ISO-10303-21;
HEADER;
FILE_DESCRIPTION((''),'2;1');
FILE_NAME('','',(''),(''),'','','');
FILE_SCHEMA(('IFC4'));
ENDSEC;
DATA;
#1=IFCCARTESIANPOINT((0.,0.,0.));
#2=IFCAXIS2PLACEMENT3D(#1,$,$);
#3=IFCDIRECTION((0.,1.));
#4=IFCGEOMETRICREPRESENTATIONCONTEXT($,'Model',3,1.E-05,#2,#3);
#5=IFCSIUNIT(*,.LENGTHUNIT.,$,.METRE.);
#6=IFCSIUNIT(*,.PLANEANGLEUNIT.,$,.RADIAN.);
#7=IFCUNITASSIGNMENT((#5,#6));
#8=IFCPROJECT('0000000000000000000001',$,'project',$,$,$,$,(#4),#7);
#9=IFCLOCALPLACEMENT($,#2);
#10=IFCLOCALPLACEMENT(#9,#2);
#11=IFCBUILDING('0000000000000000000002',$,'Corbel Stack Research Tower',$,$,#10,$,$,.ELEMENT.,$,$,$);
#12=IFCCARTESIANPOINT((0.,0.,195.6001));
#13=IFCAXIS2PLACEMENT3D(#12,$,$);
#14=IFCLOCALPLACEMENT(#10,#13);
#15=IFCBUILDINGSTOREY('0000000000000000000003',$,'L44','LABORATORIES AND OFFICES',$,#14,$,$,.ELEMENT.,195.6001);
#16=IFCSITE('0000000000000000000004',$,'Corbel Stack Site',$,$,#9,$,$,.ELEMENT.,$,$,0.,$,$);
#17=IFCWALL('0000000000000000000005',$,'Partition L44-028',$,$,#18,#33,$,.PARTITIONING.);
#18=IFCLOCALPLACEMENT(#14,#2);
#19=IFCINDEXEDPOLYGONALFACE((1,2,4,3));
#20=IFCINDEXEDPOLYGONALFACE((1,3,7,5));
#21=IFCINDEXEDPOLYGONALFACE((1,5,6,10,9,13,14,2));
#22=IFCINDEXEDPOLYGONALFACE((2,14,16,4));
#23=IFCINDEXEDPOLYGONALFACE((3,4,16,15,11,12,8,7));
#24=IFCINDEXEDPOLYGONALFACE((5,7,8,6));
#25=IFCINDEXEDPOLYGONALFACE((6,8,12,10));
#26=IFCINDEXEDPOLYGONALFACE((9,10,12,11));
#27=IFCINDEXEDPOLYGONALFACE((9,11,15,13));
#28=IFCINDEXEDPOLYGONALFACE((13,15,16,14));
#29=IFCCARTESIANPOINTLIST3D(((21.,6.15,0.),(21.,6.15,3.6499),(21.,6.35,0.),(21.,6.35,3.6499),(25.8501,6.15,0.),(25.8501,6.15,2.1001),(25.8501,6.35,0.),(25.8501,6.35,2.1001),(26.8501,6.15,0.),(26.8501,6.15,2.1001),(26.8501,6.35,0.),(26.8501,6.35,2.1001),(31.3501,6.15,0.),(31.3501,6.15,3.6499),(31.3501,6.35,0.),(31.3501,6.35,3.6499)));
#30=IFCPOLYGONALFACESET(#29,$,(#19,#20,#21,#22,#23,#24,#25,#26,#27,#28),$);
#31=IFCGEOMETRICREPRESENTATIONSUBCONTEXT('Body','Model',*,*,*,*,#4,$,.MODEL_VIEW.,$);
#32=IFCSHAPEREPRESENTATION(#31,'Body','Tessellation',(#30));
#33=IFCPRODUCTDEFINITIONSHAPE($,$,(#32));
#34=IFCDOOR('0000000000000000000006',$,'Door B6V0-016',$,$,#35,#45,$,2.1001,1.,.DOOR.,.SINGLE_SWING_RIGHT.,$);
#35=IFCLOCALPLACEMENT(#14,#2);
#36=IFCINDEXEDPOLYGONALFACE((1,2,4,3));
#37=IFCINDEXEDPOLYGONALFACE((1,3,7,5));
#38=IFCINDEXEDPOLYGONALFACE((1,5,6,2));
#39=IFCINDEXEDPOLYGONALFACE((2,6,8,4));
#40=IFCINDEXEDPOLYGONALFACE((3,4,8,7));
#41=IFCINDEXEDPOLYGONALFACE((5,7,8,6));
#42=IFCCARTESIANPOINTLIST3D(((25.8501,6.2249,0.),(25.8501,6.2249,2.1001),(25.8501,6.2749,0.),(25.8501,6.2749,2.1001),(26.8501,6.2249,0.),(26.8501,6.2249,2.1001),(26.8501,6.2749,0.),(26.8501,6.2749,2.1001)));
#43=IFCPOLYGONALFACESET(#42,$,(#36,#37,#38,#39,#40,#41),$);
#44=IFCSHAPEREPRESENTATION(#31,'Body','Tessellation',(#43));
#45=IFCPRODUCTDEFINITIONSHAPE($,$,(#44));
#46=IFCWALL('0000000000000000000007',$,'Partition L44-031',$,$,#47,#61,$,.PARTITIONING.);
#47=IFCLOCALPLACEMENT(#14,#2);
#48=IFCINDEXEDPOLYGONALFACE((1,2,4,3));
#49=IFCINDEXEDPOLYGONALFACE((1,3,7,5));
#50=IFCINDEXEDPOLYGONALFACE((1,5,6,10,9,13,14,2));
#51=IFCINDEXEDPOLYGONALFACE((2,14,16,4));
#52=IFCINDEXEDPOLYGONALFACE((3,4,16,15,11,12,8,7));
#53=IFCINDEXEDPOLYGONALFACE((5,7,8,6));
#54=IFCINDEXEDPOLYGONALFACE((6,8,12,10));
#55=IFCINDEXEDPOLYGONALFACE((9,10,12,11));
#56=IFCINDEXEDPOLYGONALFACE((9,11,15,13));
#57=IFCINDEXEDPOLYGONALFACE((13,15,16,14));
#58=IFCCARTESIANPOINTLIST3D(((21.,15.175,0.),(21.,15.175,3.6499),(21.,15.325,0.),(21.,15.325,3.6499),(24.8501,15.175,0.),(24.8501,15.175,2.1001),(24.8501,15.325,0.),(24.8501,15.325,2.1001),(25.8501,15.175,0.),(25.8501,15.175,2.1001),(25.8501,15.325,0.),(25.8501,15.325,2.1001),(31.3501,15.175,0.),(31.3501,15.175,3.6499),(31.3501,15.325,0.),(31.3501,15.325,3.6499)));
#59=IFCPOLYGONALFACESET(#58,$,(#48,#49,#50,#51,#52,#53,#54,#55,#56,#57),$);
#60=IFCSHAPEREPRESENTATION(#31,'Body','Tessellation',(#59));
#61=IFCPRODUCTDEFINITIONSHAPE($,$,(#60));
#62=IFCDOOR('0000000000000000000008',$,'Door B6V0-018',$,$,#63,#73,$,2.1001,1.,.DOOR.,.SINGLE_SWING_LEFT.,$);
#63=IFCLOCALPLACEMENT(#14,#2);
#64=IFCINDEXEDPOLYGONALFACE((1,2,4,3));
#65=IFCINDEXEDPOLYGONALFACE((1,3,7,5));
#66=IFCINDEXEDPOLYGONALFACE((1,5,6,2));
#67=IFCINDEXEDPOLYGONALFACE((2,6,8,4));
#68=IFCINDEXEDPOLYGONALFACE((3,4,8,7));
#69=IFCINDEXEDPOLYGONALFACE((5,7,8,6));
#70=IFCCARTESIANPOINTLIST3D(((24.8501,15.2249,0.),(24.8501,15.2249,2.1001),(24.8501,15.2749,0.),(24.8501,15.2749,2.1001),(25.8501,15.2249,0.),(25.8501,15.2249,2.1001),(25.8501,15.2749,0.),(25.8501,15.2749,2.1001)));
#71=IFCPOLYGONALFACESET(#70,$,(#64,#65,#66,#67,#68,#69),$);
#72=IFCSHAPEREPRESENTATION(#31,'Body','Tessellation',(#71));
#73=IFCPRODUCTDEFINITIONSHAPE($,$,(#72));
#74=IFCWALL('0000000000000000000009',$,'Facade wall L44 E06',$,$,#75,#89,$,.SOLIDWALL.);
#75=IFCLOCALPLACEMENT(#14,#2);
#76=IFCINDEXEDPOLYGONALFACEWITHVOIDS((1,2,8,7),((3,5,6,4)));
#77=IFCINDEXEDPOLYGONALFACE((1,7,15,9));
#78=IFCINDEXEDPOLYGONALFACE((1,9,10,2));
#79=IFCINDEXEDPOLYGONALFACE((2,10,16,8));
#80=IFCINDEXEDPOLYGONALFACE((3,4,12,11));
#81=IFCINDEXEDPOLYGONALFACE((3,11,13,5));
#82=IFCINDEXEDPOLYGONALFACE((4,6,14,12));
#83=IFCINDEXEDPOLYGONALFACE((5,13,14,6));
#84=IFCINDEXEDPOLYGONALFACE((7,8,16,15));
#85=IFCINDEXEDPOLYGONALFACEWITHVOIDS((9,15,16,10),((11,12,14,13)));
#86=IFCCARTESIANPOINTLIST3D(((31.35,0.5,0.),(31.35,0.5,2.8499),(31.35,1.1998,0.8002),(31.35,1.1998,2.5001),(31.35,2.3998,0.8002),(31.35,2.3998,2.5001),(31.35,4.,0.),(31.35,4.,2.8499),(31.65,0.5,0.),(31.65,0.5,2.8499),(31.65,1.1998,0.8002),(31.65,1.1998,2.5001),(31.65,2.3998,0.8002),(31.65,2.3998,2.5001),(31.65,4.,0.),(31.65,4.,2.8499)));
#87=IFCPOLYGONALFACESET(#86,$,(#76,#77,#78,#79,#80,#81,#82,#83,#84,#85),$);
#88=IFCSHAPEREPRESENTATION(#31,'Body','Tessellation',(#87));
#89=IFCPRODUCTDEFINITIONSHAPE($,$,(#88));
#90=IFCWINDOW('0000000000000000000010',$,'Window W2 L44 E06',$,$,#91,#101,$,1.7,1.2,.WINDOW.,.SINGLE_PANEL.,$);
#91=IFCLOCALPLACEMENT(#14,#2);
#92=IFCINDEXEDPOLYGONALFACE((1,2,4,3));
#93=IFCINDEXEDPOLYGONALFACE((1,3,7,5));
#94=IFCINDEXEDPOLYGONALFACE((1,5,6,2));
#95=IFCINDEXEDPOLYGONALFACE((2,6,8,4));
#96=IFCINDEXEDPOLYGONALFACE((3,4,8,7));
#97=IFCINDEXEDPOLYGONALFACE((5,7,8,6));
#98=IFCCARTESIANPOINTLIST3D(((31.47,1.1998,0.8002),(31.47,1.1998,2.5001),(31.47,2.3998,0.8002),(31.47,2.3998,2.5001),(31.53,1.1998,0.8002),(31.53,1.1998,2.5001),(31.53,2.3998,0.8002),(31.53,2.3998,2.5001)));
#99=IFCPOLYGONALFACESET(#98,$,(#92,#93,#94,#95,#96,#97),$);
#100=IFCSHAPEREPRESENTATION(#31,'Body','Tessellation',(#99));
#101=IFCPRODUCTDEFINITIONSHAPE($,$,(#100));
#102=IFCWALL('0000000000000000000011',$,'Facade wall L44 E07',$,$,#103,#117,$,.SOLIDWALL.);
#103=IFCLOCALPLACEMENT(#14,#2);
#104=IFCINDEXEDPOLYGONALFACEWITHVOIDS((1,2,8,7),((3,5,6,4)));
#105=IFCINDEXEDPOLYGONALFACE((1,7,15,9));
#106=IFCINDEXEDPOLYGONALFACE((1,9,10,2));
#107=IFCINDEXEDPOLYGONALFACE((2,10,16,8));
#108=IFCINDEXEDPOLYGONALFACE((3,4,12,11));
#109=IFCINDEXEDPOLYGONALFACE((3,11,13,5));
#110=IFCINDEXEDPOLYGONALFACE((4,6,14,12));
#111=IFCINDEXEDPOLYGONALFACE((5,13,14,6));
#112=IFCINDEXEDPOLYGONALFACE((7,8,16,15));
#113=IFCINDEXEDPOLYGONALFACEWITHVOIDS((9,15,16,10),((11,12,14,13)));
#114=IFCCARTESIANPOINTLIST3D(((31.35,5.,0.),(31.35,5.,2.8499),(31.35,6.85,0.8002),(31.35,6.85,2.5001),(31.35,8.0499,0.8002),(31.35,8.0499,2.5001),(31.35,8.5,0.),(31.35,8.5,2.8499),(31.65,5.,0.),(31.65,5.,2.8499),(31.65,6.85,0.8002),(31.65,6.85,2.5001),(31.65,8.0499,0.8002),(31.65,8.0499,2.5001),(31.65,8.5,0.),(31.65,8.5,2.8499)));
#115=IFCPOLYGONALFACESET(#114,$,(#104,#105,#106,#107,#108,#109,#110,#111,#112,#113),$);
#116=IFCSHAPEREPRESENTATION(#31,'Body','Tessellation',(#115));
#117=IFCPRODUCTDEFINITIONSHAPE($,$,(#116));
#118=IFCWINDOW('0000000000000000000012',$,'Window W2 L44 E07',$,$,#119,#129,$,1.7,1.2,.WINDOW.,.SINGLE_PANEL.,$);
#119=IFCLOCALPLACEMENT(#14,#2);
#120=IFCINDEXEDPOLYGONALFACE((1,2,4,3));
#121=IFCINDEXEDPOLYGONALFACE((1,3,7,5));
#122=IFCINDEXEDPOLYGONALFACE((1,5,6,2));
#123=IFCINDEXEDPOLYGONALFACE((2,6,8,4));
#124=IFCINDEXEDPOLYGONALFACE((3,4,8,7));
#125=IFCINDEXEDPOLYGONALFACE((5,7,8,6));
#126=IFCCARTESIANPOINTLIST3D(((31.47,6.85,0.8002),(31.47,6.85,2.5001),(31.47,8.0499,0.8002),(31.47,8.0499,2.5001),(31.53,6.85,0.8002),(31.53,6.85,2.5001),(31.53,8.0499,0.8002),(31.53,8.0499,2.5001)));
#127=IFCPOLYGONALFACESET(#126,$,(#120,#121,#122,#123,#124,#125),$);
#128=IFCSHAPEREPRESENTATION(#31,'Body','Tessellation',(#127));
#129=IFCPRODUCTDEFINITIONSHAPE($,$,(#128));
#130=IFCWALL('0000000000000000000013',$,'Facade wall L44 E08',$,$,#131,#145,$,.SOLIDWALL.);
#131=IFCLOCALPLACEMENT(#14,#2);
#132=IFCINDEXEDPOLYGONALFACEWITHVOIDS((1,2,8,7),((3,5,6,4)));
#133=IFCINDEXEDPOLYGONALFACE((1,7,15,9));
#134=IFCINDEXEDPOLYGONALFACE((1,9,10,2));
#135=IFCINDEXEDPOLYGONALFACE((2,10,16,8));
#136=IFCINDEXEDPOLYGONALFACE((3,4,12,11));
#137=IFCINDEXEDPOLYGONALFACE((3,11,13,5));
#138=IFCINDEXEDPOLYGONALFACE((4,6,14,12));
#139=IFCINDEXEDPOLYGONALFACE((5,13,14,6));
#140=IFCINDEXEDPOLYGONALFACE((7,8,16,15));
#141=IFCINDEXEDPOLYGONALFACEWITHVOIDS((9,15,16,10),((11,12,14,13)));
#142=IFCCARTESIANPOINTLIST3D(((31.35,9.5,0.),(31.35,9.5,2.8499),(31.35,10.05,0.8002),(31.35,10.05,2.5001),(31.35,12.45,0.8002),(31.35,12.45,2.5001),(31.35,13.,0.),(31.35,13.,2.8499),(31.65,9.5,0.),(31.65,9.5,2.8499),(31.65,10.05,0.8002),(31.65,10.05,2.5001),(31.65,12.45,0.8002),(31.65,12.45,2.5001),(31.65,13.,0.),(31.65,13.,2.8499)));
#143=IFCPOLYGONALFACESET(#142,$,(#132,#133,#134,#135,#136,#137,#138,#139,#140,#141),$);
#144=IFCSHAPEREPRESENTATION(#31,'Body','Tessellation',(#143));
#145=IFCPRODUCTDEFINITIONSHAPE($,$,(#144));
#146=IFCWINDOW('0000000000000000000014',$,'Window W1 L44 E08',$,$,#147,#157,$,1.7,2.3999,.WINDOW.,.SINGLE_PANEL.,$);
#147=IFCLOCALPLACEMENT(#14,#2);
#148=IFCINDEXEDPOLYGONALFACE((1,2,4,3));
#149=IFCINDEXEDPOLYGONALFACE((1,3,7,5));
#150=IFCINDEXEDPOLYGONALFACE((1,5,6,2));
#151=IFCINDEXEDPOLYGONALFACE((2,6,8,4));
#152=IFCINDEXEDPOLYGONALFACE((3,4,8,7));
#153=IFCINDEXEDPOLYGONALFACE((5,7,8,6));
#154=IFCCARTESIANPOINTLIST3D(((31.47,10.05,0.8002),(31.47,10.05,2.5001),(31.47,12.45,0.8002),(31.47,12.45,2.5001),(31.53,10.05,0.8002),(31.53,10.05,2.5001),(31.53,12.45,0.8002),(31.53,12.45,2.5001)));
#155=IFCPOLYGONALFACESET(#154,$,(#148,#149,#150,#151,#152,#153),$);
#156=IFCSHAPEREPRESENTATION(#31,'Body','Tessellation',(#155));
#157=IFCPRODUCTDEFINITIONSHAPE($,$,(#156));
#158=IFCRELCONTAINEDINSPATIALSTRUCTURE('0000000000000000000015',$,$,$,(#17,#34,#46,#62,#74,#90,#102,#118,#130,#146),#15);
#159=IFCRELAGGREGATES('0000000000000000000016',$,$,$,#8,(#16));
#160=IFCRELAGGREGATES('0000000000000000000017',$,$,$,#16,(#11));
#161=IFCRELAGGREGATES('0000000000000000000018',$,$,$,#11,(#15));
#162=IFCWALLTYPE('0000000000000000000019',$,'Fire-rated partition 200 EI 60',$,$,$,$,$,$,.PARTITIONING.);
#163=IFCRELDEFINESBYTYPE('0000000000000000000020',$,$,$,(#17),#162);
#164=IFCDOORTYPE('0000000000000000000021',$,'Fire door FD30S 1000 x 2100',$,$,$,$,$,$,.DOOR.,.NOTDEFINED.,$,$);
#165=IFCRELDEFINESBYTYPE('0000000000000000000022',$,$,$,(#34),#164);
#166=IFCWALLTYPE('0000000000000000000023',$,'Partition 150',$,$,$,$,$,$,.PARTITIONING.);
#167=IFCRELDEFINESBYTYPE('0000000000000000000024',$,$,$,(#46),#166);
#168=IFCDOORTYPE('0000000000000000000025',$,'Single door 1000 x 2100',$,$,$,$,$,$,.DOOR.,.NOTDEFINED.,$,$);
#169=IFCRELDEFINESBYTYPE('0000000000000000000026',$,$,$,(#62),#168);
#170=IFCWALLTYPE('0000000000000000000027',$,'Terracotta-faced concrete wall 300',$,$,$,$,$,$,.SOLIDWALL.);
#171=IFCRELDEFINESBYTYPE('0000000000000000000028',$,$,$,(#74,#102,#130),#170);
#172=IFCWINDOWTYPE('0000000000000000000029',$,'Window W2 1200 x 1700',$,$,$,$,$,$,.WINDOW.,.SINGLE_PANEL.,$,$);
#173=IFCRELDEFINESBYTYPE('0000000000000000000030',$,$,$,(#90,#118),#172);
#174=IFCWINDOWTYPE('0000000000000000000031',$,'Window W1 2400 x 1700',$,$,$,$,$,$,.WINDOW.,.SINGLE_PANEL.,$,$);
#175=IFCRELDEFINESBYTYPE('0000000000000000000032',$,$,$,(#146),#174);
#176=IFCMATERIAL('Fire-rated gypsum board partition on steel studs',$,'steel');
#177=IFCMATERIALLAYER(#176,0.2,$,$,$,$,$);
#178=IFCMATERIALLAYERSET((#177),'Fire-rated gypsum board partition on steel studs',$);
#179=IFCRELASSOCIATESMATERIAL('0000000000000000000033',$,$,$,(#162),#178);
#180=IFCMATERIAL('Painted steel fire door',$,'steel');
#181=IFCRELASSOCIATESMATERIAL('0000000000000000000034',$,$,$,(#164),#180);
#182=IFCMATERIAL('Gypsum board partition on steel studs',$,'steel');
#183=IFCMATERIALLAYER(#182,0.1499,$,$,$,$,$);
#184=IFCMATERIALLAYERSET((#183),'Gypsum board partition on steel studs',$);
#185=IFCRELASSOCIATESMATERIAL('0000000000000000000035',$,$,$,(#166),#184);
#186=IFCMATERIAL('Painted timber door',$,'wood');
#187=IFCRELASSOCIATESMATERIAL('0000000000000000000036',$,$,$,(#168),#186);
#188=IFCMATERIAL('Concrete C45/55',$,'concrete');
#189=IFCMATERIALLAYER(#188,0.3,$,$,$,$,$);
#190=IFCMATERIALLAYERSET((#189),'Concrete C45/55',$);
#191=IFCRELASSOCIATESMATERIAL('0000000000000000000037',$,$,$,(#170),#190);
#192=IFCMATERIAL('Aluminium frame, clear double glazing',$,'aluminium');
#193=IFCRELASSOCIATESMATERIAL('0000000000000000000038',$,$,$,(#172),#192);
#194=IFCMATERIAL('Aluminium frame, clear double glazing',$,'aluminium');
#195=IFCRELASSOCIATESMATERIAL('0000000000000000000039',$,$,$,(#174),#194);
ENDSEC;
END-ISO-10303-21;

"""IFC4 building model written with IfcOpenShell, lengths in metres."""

from ifc_helpers import new_model, si_unit, direction, frame, frame_2d, origin, place, context, subcontext, project, spatial, rectangle, extrude, material, layer, layer_set, type_object, element, fill, save


model = new_model("IFC4")

# Units and contexts
model_context = context("Model", 3, precision=1e-05, world=origin(), true_north=direction((0.0, 1.0)))
body_context = subcontext(model_context, "Body", "Model", "MODEL_VIEW")
ifc_project = project(units=[si_unit("LENGTHUNIT", "METRE"), si_unit("PLANEANGLEUNIT", "RADIAN")], contexts=[model_context])

# Site, building, storey
site_placement = place(None, origin())
site = spatial("IfcSite", under=ifc_project, at=site_placement, Name="Corbel Stack Site", CompositionType="ELEMENT", RefElevation=0.0)
building_placement = place(site_placement, origin())
building = spatial("IfcBuilding", under=site, at=building_placement, Name="Corbel Stack Research Tower", CompositionType="ELEMENT")
storey_placement = place(building_placement, frame((0.0, 0.0, 195.6001)))
storey = spatial("IfcBuildingStorey", under=building, at=storey_placement, Name="L44", Description="LABORATORIES AND OFFICES", CompositionType="ELEMENT", Elevation=195.6001)

# Shared definitions
ifc_material_1 = material(Name="Fire-rated gypsum board partition on steel studs", Category="steel")
ifc_layer_1 = layer(ifc_material_1, 0.2)
ifc_layer_set_1 = layer_set([ifc_layer_1], Name="Fire-rated gypsum board partition on steel studs")
wall_type_1 = type_object("IfcWallType", Name="Fire-rated partition 200 EI 60", PredefinedType="PARTITIONING", material=ifc_layer_set_1)

# Walls, openings, doors
ifc_material_2 = material(Name="Painted steel fire door", Category="steel")
door_type_1 = type_object("IfcDoorType", Name="Fire door FD30S 1000 x 2100", OperationType="NOTDEFINED", PredefinedType="DOOR", material=ifc_material_2)
wall_1_placement = place(storey_placement, frame((21.0, 6.25, 0.0), z_axis=(0.0, 0.0, 1.0), x_axis=(1.0, 0.0, 0.0)))
wall_1 = element("IfcWall", 1, at=wall_1_placement, inside=storey, type_object=wall_type_1, Name="Partition L44-028", PredefinedType="PARTITIONING", context=body_context, shape_type="SweptSolid", body=[
    extrude(rectangle(XDim=10.3501, YDim=0.2, at=frame_2d((5.175, 0.0))), origin(), (0.0, 0.0, 1.0), 3.6499),
])
opening_1_placement = place(wall_1_placement, frame((4.8501, 0.0, 0.0)))
opening_1 = element("IfcOpeningElement", 2, at=opening_1_placement, cuts=wall_1, PredefinedType="OPENING", context=body_context, shape_type="SweptSolid", body=[
    extrude(rectangle(XDim=1.0, YDim=2.1001, at=frame_2d((0.5, 1.05))), frame((0.0, 0.1099, 0.0), z_axis=(0.0, -1.0, 0.0), x_axis=(1.0, 0.0, 0.0)), (0.0, 0.0, 1.0), 0.22),
])
door_1_placement = place(opening_1_placement, origin())
door_1 = element("IfcDoor", 3, at=door_1_placement, inside=storey, type_object=door_type_1, Name="Door B6V0-016", OperationType="SINGLE_SWING_RIGHT", OverallHeight=2.1001, OverallWidth=1.0, PredefinedType="DOOR", context=body_context, shape_type="SweptSolid", body=[
    extrude(rectangle(XDim=1.0, YDim=2.1001, at=frame_2d((0.5, 1.05))), frame((0.0, 0.0249, 0.0), z_axis=(0.0, -1.0, 0.0), x_axis=(1.0, 0.0, 0.0)), (0.0, 0.0, 1.0), 0.05),
])
fill(opening_1, door_1)
ifc_material_3 = material(Name="Gypsum board partition on steel studs", Category="steel")
ifc_layer_2 = layer(ifc_material_3, 0.1499)
ifc_layer_set_2 = layer_set([ifc_layer_2], Name="Gypsum board partition on steel studs")
wall_type_2 = type_object("IfcWallType", Name="Partition 150", PredefinedType="PARTITIONING", material=ifc_layer_set_2)
wall_2_placement = place(storey_placement, frame((21.0, 15.25, 0.0), z_axis=(0.0, 0.0, 1.0), x_axis=(1.0, 0.0, 0.0)))
wall_2 = element("IfcWall", 4, at=wall_2_placement, inside=storey, type_object=wall_type_2, Name="Partition L44-031", PredefinedType="PARTITIONING", context=body_context, shape_type="SweptSolid", body=[
    extrude(rectangle(XDim=10.3501, YDim=0.1499, at=frame_2d((5.175, 0.0))), origin(), (0.0, 0.0, 1.0), 3.6499),
])
opening_2_placement = place(wall_2_placement, frame((3.8501, 0.0, 0.0)))
opening_2 = element("IfcOpeningElement", 5, at=opening_2_placement, cuts=wall_2, PredefinedType="OPENING", context=body_context, shape_type="SweptSolid", body=[
    extrude(rectangle(XDim=1.0, YDim=2.1001, at=frame_2d((0.5, 1.05))), frame((0.0, 0.085, 0.0), z_axis=(0.0, -1.0, 0.0), x_axis=(1.0, 0.0, 0.0)), (0.0, 0.0, 1.0), 0.1699),
])
ifc_material_4 = material(Name="Painted timber door", Category="wood")
door_type_2 = type_object("IfcDoorType", Name="Single door 1000 x 2100", OperationType="NOTDEFINED", PredefinedType="DOOR", material=ifc_material_4)
door_2_placement = place(opening_2_placement, origin())
door_2 = element("IfcDoor", 6, at=door_2_placement, inside=storey, type_object=door_type_2, Name="Door B6V0-018", OperationType="SINGLE_SWING_LEFT", OverallHeight=2.1001, OverallWidth=1.0, PredefinedType="DOOR", context=body_context, shape_type="SweptSolid", body=[
    extrude(rectangle(XDim=1.0, YDim=2.1001, at=frame_2d((0.5, 1.05))), frame((0.0, 0.0249, 0.0), z_axis=(0.0, -1.0, 0.0), x_axis=(1.0, 0.0, 0.0)), (0.0, 0.0, 1.0), 0.05),
])
fill(opening_2, door_2)

# Walls, openings, windows
ifc_material_5 = material(Name="Concrete C45/55", Category="concrete")
ifc_layer_3 = layer(ifc_material_5, 0.3)
ifc_layer_set_3 = layer_set([ifc_layer_3], Name="Concrete C45/55")
wall_type_3 = type_object("IfcWallType", Name="Terracotta-faced concrete wall 300", PredefinedType="SOLIDWALL", material=ifc_layer_set_3)
wall_3_placement = place(storey_placement, frame((31.5, 4.0, 0.0), z_axis=(0.0, 0.0, 1.0), x_axis=(0.0, -1.0, 0.0)))
wall_3 = element("IfcWall", 7, at=wall_3_placement, inside=storey, type_object=wall_type_3, Name="Facade wall L44 E06", PredefinedType="SOLIDWALL", context=body_context, shape_type="SweptSolid", body=[
    extrude(rectangle(XDim=3.5, YDim=0.3, at=frame_2d((1.75, 0.0))), origin(), (0.0, 0.0, 1.0), 2.8499),
])
opening_3_placement = place(wall_3_placement, frame((1.6001, 0.0, 0.8)))
opening_3 = element("IfcOpeningElement", 8, at=opening_3_placement, cuts=wall_3, PredefinedType="OPENING", context=body_context, shape_type="SweptSolid", body=[
    extrude(rectangle(XDim=1.2, YDim=1.7, at=frame_2d((0.6001, 0.8501))), frame((0.0, 0.1599, 0.0), z_axis=(0.0, -1.0, 0.0), x_axis=(1.0, 0.0, 0.0)), (0.0, 0.0, 1.0), 0.3201),
])
ifc_material_6 = material(Name="Aluminium frame, clear double glazing", Category="aluminium")
window_type_1 = type_object("IfcWindowType", Name="Window W2 1200 x 1700", PartitioningType="SINGLE_PANEL", PredefinedType="WINDOW", material=ifc_material_6)
window_1_placement = place(opening_3_placement, origin())
window_1 = element("IfcWindow", 9, at=window_1_placement, inside=storey, type_object=window_type_1, Name="Window W2 L44 E06", OverallHeight=1.7, OverallWidth=1.2, PartitioningType="SINGLE_PANEL", PredefinedType="WINDOW", context=body_context, shape_type="SweptSolid", body=[
    extrude(rectangle(XDim=1.2, YDim=1.7, at=frame_2d((0.6001, 0.8501))), frame((0.0, 0.03, 0.0), z_axis=(0.0, -1.0, 0.0), x_axis=(1.0, 0.0, 0.0)), (0.0, 0.0, 1.0), 0.0601),
])
fill(opening_3, window_1)
wall_4_placement = place(storey_placement, frame((31.5, 8.5, 0.0), z_axis=(0.0, 0.0, 1.0), x_axis=(0.0, -1.0, 0.0)))
wall_4 = element("IfcWall", 10, at=wall_4_placement, inside=storey, type_object=wall_type_3, Name="Facade wall L44 E07", PredefinedType="SOLIDWALL", context=body_context, shape_type="SweptSolid", body=[
    extrude(rectangle(XDim=3.5, YDim=0.3, at=frame_2d((1.75, 0.0))), origin(), (0.0, 0.0, 1.0), 2.8499),
])
opening_4_placement = place(wall_4_placement, frame((0.45, 0.0, 0.8)))
opening_4 = element("IfcOpeningElement", 11, at=opening_4_placement, cuts=wall_4, PredefinedType="OPENING", context=body_context, shape_type="SweptSolid", body=[
    extrude(rectangle(XDim=1.2, YDim=1.7, at=frame_2d((0.6001, 0.8501))), frame((0.0, 0.1599, 0.0), z_axis=(0.0, -1.0, 0.0), x_axis=(1.0, 0.0, 0.0)), (0.0, 0.0, 1.0), 0.3201),
])
window_2_placement = place(opening_4_placement, origin())
window_2 = element("IfcWindow", 12, at=window_2_placement, inside=storey, type_object=window_type_1, Name="Window W2 L44 E07", OverallHeight=1.7, OverallWidth=1.2, PartitioningType="SINGLE_PANEL", PredefinedType="WINDOW", context=body_context, shape_type="SweptSolid", body=[
    extrude(rectangle(XDim=1.2, YDim=1.7, at=frame_2d((0.6001, 0.8501))), frame((0.0, 0.03, 0.0), z_axis=(0.0, -1.0, 0.0), x_axis=(1.0, 0.0, 0.0)), (0.0, 0.0, 1.0), 0.0601),
])
fill(opening_4, window_2)
wall_5_placement = place(storey_placement, frame((31.5, 13.0, 0.0), z_axis=(0.0, 0.0, 1.0), x_axis=(0.0, -1.0, 0.0)))
wall_5 = element("IfcWall", 13, at=wall_5_placement, inside=storey, type_object=wall_type_3, Name="Facade wall L44 E08", PredefinedType="SOLIDWALL", context=body_context, shape_type="SweptSolid", body=[
    extrude(rectangle(XDim=3.5, YDim=0.3, at=frame_2d((1.75, 0.0))), origin(), (0.0, 0.0, 1.0), 2.8499),
])
opening_5_placement = place(wall_5_placement, frame((0.55, 0.0, 0.8)))
opening_5 = element("IfcOpeningElement", 14, at=opening_5_placement, cuts=wall_5, PredefinedType="OPENING", context=body_context, shape_type="SweptSolid", body=[
    extrude(rectangle(XDim=2.3999, YDim=1.7, at=frame_2d((1.2, 0.8501))), frame((0.0, 0.1599, 0.0), z_axis=(0.0, -1.0, 0.0), x_axis=(1.0, 0.0, 0.0)), (0.0, 0.0, 1.0), 0.3201),
])
ifc_material_7 = material(Name="Aluminium frame, clear double glazing", Category="aluminium")
window_type_2 = type_object("IfcWindowType", Name="Window W1 2400 x 1700", PartitioningType="SINGLE_PANEL", PredefinedType="WINDOW", material=ifc_material_7)
window_3_placement = place(opening_5_placement, origin())
window_3 = element("IfcWindow", 15, at=window_3_placement, inside=storey, type_object=window_type_2, Name="Window W1 L44 E08", OverallHeight=1.7, OverallWidth=2.3999, PartitioningType="SINGLE_PANEL", PredefinedType="WINDOW", context=body_context, shape_type="SweptSolid", body=[
    extrude(rectangle(XDim=2.3999, YDim=1.7, at=frame_2d((1.2, 0.8501))), frame((0.0, 0.03, 0.0), z_axis=(0.0, -1.0, 0.0), x_axis=(1.0, 0.0, 0.0)), (0.0, 0.0, 1.0), 0.0601),
])
fill(opening_5, window_3)

save(model, "model.ifc")
